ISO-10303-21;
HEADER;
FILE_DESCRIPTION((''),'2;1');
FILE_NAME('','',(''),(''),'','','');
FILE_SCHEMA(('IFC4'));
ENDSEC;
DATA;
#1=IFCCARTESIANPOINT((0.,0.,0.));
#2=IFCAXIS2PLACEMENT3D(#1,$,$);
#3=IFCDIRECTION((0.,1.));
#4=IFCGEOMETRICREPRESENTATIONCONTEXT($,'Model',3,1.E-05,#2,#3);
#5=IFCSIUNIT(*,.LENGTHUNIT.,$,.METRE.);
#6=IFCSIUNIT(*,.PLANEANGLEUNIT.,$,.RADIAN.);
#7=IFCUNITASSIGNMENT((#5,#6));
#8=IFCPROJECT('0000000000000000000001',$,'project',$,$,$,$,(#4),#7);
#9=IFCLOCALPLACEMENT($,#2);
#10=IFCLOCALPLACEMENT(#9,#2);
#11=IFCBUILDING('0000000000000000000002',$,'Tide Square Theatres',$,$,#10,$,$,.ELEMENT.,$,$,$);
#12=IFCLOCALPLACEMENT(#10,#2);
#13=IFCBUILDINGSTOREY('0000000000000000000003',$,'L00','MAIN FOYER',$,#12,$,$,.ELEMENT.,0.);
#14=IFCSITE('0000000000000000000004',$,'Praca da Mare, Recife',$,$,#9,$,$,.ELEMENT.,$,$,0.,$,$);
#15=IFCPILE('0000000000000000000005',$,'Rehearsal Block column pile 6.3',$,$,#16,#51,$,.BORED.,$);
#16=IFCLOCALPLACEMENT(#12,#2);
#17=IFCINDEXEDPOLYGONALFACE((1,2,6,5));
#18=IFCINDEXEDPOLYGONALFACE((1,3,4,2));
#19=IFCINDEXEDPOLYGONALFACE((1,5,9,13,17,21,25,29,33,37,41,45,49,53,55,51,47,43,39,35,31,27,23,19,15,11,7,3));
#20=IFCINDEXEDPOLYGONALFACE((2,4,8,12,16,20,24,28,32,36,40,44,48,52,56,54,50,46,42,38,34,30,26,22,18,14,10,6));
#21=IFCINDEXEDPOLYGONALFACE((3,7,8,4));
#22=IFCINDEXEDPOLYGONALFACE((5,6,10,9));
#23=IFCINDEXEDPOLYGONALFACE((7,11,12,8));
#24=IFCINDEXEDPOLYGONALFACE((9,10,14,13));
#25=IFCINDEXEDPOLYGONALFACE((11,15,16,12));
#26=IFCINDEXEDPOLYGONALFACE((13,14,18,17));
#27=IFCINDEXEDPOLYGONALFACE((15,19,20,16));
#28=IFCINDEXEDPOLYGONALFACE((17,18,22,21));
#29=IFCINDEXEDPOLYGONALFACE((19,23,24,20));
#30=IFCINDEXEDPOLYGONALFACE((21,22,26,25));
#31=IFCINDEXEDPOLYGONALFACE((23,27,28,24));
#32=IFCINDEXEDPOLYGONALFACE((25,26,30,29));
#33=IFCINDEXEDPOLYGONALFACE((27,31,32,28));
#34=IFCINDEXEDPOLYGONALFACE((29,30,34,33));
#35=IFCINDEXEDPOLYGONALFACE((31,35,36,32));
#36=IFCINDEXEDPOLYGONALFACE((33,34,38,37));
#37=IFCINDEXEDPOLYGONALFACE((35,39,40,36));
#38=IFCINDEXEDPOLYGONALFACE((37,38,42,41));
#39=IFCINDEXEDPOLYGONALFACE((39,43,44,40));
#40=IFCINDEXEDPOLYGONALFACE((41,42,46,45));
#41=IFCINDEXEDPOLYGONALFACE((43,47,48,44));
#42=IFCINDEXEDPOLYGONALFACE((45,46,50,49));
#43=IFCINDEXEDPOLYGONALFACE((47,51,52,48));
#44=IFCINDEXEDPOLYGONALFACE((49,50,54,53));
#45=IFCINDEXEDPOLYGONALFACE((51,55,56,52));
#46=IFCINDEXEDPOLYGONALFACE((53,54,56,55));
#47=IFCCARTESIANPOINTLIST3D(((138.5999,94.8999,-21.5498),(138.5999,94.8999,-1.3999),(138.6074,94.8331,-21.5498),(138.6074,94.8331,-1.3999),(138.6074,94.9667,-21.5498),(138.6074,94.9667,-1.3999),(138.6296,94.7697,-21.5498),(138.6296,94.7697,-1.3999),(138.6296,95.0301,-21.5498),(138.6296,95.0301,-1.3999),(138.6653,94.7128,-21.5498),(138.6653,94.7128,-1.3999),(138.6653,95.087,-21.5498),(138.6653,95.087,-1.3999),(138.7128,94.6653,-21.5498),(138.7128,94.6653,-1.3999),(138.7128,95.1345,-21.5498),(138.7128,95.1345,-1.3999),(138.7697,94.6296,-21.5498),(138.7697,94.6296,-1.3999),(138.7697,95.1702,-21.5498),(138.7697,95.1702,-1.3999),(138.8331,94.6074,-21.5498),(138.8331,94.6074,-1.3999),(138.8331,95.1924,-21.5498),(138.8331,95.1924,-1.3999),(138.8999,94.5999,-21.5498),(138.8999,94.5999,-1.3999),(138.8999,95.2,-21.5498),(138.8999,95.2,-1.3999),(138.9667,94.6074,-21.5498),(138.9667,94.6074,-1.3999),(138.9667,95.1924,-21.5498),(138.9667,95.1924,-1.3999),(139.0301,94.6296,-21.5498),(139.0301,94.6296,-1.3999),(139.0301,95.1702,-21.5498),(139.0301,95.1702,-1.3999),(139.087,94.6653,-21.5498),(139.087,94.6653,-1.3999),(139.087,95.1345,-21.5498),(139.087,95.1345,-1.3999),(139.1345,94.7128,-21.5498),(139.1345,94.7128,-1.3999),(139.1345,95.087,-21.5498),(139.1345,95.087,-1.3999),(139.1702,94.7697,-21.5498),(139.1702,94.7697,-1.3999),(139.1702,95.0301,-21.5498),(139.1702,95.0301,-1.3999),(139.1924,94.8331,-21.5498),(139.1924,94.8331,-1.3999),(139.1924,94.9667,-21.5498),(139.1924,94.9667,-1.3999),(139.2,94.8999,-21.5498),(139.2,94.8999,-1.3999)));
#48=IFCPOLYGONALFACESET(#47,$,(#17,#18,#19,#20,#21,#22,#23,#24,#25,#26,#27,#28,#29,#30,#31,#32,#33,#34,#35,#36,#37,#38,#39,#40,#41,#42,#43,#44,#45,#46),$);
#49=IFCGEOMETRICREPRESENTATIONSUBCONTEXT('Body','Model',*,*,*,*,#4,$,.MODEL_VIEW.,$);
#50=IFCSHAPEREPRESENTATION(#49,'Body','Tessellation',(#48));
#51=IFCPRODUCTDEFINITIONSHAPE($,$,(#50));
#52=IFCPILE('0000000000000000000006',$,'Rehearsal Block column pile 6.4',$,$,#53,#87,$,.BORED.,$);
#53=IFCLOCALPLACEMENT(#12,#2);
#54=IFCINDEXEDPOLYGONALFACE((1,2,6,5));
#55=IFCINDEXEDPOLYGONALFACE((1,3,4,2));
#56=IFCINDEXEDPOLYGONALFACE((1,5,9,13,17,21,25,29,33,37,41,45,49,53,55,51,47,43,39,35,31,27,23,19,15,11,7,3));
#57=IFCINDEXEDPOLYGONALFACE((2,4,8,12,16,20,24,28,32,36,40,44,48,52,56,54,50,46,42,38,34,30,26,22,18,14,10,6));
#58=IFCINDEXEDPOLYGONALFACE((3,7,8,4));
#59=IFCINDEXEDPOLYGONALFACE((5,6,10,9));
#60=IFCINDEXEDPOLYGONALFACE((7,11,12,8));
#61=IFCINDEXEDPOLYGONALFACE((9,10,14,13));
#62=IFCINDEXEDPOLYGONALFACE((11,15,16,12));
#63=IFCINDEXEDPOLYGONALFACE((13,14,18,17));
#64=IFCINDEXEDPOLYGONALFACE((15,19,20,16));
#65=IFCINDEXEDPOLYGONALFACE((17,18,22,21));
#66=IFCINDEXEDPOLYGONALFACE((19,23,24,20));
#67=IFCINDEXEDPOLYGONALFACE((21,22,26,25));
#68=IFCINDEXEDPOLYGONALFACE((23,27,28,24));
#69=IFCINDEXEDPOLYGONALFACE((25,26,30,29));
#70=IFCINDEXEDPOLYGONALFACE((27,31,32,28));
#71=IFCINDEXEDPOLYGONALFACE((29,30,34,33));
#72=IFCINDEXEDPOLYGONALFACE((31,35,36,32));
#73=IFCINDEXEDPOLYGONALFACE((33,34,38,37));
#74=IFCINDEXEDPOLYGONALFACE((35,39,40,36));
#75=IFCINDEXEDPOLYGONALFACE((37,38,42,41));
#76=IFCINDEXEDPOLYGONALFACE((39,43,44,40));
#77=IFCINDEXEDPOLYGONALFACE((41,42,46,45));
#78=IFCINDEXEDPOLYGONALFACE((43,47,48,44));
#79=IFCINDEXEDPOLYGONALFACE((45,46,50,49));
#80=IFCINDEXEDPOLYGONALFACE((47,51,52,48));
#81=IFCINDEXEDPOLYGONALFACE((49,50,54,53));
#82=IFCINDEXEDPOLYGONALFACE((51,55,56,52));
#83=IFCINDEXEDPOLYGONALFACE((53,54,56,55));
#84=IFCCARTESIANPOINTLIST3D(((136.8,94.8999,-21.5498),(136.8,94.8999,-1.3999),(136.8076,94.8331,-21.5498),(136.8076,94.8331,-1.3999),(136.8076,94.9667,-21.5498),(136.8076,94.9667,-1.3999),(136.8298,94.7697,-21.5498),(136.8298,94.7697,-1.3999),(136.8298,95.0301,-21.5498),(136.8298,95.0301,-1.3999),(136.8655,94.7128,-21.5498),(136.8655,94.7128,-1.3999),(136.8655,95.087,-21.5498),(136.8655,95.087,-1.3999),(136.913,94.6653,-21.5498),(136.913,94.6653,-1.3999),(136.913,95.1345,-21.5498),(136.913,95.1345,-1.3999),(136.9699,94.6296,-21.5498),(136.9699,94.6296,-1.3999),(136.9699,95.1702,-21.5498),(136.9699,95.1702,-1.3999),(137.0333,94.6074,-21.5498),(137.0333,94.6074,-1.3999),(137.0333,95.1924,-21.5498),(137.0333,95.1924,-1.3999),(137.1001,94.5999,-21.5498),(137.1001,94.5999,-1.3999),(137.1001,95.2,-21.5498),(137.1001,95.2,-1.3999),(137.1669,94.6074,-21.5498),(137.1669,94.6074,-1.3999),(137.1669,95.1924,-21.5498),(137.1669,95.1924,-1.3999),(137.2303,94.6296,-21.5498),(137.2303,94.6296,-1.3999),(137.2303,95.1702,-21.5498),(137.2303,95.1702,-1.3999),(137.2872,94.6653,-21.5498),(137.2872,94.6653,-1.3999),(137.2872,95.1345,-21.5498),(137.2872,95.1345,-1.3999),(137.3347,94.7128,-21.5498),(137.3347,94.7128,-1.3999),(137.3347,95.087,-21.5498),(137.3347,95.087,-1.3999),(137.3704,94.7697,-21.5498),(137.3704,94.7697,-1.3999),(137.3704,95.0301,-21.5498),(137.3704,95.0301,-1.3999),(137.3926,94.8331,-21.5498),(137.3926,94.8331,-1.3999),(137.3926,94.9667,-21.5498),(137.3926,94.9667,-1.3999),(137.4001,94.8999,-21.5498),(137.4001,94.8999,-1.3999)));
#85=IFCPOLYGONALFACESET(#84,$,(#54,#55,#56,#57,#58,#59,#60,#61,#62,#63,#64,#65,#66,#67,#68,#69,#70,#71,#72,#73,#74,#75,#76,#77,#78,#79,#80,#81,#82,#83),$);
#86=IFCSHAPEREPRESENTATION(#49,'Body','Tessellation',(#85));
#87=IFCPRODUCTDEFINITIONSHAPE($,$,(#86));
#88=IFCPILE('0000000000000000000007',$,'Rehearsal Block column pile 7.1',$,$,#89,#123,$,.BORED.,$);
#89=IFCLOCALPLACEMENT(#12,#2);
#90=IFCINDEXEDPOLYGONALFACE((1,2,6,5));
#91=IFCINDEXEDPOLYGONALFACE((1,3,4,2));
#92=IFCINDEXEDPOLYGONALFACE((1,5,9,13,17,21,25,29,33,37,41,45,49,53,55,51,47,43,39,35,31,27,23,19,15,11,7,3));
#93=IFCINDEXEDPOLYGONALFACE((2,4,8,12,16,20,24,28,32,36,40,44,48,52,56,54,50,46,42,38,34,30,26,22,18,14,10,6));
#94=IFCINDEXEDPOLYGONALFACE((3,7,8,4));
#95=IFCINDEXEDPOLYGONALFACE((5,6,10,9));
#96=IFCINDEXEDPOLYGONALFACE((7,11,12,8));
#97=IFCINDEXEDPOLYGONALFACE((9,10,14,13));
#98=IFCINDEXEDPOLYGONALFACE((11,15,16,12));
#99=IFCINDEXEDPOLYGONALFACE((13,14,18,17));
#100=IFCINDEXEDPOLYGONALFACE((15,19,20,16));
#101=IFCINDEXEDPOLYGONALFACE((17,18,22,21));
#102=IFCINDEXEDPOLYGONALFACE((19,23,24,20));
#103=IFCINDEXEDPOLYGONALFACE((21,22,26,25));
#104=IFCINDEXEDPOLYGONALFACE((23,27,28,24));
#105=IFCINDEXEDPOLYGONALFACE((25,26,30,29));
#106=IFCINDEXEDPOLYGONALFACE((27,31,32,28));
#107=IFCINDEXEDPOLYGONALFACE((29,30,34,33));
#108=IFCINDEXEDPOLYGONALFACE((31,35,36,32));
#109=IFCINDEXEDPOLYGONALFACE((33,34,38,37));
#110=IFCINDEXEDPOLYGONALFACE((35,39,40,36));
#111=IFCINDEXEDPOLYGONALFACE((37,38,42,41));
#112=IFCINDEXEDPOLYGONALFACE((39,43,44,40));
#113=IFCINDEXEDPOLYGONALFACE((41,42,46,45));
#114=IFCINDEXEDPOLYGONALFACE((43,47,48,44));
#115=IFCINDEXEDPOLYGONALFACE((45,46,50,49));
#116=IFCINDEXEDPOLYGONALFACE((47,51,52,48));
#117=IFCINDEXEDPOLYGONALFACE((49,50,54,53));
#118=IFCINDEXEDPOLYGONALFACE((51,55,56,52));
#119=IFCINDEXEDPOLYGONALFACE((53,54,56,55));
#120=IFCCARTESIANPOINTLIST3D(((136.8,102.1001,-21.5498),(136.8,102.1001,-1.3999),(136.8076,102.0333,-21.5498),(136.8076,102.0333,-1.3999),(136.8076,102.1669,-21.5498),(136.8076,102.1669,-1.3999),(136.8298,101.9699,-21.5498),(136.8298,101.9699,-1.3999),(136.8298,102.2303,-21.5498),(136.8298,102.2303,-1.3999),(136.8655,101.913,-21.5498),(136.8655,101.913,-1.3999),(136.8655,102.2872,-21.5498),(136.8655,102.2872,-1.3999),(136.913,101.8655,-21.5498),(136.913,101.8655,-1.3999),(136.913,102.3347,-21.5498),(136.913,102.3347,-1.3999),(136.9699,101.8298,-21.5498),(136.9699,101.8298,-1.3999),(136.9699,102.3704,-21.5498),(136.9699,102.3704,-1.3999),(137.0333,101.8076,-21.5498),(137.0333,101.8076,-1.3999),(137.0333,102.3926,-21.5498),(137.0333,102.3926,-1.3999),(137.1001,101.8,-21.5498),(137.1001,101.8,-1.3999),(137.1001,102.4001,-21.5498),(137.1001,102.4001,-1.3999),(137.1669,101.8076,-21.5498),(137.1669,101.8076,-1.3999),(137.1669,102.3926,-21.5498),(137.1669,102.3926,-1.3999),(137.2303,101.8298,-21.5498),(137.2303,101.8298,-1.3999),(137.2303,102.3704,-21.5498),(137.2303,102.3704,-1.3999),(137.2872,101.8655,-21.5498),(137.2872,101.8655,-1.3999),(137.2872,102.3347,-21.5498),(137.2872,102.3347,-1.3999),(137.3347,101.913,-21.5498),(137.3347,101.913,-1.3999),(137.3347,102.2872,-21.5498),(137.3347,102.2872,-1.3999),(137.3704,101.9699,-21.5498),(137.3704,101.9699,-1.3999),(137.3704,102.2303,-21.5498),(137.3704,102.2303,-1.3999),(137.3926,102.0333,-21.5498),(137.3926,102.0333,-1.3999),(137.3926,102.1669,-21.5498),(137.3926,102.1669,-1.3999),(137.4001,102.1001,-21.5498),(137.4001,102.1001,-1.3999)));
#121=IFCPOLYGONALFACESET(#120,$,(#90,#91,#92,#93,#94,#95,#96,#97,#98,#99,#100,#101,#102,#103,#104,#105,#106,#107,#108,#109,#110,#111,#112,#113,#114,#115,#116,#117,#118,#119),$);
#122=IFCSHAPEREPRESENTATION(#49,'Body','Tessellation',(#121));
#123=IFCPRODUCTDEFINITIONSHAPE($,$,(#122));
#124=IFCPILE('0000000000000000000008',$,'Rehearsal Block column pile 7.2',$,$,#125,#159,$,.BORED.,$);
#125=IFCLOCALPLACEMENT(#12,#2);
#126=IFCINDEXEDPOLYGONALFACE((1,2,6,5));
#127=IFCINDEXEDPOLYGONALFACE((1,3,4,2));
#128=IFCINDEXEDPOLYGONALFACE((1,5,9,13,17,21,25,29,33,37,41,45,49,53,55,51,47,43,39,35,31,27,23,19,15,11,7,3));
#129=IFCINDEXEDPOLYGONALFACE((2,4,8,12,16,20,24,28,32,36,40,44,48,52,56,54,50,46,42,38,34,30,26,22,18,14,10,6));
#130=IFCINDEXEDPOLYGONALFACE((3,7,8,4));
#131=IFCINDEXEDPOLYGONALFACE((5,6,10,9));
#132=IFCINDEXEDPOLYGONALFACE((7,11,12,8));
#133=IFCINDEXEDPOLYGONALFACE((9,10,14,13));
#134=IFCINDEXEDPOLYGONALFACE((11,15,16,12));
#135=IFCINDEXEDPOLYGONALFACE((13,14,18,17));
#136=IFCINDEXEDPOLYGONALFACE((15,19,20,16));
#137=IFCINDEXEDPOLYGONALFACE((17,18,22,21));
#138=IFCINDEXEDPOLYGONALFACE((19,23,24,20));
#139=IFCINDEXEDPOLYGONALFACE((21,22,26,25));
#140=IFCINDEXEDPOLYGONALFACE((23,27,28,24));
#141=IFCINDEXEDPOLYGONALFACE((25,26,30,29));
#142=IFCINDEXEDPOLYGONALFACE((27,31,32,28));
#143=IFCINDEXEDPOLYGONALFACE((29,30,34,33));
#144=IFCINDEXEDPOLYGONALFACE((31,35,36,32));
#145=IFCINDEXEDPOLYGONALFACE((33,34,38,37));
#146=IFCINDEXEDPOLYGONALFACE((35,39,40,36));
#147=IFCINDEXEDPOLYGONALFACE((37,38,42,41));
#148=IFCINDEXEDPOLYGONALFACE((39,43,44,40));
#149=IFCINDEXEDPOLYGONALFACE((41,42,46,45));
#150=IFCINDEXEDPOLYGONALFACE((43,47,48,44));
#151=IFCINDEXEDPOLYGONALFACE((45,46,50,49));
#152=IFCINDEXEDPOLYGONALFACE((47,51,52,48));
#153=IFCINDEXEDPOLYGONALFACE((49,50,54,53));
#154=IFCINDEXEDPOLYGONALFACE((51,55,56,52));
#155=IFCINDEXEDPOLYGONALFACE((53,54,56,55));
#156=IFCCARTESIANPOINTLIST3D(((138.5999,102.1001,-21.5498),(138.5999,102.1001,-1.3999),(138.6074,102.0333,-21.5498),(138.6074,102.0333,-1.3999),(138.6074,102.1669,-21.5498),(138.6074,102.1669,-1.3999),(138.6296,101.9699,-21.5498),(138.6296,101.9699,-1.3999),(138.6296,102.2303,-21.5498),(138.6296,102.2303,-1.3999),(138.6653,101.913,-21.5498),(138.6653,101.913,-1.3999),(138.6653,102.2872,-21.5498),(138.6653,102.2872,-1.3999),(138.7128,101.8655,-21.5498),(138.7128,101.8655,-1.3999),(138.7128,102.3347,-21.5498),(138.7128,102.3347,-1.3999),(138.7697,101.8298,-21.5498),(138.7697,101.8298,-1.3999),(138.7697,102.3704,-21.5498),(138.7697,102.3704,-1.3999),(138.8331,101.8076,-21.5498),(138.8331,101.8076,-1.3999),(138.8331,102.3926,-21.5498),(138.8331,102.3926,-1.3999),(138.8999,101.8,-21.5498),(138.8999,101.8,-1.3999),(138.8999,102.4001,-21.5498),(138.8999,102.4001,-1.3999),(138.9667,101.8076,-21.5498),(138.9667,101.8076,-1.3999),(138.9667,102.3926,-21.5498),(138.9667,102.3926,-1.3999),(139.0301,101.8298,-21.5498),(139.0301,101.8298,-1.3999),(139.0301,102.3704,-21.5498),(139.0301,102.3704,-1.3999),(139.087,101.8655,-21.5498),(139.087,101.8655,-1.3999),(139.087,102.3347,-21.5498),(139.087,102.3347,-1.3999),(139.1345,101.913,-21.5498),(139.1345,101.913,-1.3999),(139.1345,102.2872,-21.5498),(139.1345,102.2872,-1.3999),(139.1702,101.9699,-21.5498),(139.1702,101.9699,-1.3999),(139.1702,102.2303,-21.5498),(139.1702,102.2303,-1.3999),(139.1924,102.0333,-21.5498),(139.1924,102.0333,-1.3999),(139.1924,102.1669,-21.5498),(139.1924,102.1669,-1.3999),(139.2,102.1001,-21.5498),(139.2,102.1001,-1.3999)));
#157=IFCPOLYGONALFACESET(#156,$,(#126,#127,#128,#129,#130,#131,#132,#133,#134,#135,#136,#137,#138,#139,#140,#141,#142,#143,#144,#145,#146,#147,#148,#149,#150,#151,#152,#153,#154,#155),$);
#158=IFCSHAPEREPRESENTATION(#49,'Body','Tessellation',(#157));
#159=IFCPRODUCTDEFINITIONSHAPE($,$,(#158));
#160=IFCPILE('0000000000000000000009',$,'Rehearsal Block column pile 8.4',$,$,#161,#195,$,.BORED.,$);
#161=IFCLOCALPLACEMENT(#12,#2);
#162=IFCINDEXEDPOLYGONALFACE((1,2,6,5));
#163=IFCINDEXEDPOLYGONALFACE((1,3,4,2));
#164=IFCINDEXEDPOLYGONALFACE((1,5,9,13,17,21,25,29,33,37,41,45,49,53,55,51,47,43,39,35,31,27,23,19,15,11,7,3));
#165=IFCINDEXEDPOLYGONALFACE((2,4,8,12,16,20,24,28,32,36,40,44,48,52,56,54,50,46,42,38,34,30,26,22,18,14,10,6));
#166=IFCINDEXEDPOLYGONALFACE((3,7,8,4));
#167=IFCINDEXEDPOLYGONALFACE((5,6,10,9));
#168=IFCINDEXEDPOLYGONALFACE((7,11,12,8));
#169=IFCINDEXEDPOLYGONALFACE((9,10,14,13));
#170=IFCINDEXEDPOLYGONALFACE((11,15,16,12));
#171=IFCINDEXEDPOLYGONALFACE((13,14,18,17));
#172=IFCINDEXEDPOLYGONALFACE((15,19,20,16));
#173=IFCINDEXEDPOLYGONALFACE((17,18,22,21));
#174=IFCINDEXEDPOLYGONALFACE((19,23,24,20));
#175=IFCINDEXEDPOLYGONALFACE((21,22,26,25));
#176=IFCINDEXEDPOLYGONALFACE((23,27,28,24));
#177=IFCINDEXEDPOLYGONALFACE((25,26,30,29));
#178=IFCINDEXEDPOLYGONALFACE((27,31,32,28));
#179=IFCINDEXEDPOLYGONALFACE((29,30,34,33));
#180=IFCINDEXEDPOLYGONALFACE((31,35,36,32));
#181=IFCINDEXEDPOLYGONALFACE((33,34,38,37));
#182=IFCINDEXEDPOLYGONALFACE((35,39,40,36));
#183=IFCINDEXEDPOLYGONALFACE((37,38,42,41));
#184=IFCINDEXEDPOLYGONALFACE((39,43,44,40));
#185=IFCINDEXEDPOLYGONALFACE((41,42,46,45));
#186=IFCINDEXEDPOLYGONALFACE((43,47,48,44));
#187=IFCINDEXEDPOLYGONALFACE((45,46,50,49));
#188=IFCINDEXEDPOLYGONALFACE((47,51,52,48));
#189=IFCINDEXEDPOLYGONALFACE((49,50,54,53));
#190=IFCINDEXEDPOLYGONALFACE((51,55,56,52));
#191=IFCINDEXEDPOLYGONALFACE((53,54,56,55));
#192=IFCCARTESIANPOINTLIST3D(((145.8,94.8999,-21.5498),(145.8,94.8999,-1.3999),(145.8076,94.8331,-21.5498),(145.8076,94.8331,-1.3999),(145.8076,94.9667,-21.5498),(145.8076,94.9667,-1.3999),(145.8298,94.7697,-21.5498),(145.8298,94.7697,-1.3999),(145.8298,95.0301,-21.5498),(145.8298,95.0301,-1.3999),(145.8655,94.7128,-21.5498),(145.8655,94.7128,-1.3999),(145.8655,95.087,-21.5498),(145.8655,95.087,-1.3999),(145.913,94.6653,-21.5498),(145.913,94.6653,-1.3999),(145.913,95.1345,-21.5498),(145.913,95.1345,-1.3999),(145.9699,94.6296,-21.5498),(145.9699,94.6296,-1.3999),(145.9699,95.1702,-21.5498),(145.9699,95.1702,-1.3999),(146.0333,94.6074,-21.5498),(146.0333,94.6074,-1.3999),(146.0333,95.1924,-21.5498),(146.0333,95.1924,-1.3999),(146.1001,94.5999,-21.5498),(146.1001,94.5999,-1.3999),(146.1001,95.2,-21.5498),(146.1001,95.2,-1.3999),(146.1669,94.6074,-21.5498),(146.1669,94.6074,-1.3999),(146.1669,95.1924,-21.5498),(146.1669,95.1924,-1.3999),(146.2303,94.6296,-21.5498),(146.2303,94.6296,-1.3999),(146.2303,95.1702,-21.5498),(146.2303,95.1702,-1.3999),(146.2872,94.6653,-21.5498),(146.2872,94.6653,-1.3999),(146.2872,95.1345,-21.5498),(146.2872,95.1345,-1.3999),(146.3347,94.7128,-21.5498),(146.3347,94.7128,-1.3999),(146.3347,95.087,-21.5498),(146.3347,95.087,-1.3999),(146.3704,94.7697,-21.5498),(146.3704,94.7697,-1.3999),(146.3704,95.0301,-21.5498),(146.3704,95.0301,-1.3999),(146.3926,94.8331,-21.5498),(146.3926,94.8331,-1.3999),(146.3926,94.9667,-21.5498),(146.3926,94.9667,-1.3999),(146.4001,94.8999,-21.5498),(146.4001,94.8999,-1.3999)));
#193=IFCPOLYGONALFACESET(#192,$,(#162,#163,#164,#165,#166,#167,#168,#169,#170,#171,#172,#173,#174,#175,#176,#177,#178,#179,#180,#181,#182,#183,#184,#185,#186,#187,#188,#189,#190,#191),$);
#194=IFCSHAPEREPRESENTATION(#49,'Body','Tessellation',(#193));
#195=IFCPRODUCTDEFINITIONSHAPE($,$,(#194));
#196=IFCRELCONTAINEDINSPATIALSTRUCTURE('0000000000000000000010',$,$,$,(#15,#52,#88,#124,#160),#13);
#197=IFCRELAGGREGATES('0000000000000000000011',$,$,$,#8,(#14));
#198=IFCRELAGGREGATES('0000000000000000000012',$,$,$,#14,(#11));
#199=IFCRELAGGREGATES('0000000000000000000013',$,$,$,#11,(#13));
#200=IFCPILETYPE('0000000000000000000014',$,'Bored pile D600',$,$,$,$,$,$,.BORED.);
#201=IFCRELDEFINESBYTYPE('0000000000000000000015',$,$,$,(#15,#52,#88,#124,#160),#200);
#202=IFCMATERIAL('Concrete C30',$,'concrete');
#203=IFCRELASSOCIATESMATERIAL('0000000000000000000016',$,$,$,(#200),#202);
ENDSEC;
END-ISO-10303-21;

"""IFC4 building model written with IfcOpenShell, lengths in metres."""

from ifc_helpers import new_model, si_unit, direction, frame, origin, origin_2d, place, context, subcontext, project, spatial, circle, extrude, material, material_profile, profile_set, type_object, element, save


model = new_model("IFC4")

# Units and contexts
model_context = context("Model", 3, precision=1e-05, world=origin(), true_north=direction((0.0, 1.0)))
body_context = subcontext(model_context, "Body", "Model", "MODEL_VIEW")
ifc_project = project(units=[si_unit("LENGTHUNIT", "METRE"), si_unit("PLANEANGLEUNIT", "RADIAN")], contexts=[model_context])

# Site, building, storey
site_placement = place(None, origin())
site = spatial("IfcSite", under=ifc_project, at=site_placement, Name="Praca da Mare, Recife", CompositionType="ELEMENT", RefElevation=0.0)
building_placement = place(site_placement, origin())
building = spatial("IfcBuilding", under=site, at=building_placement, Name="Tide Square Theatres", CompositionType="ELEMENT")
storey_placement = place(building_placement, origin())
storey = spatial("IfcBuildingStorey", under=building, at=storey_placement, Name="L00", Description="MAIN FOYER", CompositionType="ELEMENT", Elevation=0.0)

# Piles
ifc_material_1 = material(Name="Concrete C30", Category="concrete")
ifc_material_profile_1 = material_profile(ifc_material_1, circle(Radius=0.3, at=origin_2d()))
ifc_profile_set_1 = profile_set([ifc_material_profile_1], Name="Concrete C30")
pile_type = type_object("IfcPileType", Name="Bored pile D600", PredefinedType="BORED", material=ifc_profile_set_1)
for number, where, z_axis, x_axis, name in (
    (1, (138.8999, 94.8999, -1.3999), (0.0, 0.0, -1.0), (1.0, 0.0, 0.0), "Rehearsal Block column pile 6.3"),
    (2, (137.1001, 94.8999, -1.3999), (0.0, 0.0, -1.0), (1.0, 0.0, 0.0), "Rehearsal Block column pile 6.4"),
    (3, (137.1001, 102.1001, -1.3999), (0.0, 0.0, -1.0), (1.0, 0.0, 0.0), "Rehearsal Block column pile 7.1"),
    (4, (138.8999, 102.1001, -1.3999), (0.0, 0.0, -1.0), (1.0, 0.0, 0.0), "Rehearsal Block column pile 7.2"),
    (5, (146.1001, 94.8999, -1.3999), (0.0, 0.0, -1.0), (1.0, 0.0, 0.0), "Rehearsal Block column pile 8.4"),
):
    element("IfcPile", number, at=place(storey_placement, frame(where, z_axis=z_axis, x_axis=x_axis)), inside=storey, type_object=pile_type, Name=name, PredefinedType="BORED", context=body_context, shape_type="SweptSolid", body=[
        extrude(circle(Radius=0.3, at=origin_2d()), origin(), (0.0, 0.0, 1.0), 20.1499),
    ])

save(model, "model.ifc")
